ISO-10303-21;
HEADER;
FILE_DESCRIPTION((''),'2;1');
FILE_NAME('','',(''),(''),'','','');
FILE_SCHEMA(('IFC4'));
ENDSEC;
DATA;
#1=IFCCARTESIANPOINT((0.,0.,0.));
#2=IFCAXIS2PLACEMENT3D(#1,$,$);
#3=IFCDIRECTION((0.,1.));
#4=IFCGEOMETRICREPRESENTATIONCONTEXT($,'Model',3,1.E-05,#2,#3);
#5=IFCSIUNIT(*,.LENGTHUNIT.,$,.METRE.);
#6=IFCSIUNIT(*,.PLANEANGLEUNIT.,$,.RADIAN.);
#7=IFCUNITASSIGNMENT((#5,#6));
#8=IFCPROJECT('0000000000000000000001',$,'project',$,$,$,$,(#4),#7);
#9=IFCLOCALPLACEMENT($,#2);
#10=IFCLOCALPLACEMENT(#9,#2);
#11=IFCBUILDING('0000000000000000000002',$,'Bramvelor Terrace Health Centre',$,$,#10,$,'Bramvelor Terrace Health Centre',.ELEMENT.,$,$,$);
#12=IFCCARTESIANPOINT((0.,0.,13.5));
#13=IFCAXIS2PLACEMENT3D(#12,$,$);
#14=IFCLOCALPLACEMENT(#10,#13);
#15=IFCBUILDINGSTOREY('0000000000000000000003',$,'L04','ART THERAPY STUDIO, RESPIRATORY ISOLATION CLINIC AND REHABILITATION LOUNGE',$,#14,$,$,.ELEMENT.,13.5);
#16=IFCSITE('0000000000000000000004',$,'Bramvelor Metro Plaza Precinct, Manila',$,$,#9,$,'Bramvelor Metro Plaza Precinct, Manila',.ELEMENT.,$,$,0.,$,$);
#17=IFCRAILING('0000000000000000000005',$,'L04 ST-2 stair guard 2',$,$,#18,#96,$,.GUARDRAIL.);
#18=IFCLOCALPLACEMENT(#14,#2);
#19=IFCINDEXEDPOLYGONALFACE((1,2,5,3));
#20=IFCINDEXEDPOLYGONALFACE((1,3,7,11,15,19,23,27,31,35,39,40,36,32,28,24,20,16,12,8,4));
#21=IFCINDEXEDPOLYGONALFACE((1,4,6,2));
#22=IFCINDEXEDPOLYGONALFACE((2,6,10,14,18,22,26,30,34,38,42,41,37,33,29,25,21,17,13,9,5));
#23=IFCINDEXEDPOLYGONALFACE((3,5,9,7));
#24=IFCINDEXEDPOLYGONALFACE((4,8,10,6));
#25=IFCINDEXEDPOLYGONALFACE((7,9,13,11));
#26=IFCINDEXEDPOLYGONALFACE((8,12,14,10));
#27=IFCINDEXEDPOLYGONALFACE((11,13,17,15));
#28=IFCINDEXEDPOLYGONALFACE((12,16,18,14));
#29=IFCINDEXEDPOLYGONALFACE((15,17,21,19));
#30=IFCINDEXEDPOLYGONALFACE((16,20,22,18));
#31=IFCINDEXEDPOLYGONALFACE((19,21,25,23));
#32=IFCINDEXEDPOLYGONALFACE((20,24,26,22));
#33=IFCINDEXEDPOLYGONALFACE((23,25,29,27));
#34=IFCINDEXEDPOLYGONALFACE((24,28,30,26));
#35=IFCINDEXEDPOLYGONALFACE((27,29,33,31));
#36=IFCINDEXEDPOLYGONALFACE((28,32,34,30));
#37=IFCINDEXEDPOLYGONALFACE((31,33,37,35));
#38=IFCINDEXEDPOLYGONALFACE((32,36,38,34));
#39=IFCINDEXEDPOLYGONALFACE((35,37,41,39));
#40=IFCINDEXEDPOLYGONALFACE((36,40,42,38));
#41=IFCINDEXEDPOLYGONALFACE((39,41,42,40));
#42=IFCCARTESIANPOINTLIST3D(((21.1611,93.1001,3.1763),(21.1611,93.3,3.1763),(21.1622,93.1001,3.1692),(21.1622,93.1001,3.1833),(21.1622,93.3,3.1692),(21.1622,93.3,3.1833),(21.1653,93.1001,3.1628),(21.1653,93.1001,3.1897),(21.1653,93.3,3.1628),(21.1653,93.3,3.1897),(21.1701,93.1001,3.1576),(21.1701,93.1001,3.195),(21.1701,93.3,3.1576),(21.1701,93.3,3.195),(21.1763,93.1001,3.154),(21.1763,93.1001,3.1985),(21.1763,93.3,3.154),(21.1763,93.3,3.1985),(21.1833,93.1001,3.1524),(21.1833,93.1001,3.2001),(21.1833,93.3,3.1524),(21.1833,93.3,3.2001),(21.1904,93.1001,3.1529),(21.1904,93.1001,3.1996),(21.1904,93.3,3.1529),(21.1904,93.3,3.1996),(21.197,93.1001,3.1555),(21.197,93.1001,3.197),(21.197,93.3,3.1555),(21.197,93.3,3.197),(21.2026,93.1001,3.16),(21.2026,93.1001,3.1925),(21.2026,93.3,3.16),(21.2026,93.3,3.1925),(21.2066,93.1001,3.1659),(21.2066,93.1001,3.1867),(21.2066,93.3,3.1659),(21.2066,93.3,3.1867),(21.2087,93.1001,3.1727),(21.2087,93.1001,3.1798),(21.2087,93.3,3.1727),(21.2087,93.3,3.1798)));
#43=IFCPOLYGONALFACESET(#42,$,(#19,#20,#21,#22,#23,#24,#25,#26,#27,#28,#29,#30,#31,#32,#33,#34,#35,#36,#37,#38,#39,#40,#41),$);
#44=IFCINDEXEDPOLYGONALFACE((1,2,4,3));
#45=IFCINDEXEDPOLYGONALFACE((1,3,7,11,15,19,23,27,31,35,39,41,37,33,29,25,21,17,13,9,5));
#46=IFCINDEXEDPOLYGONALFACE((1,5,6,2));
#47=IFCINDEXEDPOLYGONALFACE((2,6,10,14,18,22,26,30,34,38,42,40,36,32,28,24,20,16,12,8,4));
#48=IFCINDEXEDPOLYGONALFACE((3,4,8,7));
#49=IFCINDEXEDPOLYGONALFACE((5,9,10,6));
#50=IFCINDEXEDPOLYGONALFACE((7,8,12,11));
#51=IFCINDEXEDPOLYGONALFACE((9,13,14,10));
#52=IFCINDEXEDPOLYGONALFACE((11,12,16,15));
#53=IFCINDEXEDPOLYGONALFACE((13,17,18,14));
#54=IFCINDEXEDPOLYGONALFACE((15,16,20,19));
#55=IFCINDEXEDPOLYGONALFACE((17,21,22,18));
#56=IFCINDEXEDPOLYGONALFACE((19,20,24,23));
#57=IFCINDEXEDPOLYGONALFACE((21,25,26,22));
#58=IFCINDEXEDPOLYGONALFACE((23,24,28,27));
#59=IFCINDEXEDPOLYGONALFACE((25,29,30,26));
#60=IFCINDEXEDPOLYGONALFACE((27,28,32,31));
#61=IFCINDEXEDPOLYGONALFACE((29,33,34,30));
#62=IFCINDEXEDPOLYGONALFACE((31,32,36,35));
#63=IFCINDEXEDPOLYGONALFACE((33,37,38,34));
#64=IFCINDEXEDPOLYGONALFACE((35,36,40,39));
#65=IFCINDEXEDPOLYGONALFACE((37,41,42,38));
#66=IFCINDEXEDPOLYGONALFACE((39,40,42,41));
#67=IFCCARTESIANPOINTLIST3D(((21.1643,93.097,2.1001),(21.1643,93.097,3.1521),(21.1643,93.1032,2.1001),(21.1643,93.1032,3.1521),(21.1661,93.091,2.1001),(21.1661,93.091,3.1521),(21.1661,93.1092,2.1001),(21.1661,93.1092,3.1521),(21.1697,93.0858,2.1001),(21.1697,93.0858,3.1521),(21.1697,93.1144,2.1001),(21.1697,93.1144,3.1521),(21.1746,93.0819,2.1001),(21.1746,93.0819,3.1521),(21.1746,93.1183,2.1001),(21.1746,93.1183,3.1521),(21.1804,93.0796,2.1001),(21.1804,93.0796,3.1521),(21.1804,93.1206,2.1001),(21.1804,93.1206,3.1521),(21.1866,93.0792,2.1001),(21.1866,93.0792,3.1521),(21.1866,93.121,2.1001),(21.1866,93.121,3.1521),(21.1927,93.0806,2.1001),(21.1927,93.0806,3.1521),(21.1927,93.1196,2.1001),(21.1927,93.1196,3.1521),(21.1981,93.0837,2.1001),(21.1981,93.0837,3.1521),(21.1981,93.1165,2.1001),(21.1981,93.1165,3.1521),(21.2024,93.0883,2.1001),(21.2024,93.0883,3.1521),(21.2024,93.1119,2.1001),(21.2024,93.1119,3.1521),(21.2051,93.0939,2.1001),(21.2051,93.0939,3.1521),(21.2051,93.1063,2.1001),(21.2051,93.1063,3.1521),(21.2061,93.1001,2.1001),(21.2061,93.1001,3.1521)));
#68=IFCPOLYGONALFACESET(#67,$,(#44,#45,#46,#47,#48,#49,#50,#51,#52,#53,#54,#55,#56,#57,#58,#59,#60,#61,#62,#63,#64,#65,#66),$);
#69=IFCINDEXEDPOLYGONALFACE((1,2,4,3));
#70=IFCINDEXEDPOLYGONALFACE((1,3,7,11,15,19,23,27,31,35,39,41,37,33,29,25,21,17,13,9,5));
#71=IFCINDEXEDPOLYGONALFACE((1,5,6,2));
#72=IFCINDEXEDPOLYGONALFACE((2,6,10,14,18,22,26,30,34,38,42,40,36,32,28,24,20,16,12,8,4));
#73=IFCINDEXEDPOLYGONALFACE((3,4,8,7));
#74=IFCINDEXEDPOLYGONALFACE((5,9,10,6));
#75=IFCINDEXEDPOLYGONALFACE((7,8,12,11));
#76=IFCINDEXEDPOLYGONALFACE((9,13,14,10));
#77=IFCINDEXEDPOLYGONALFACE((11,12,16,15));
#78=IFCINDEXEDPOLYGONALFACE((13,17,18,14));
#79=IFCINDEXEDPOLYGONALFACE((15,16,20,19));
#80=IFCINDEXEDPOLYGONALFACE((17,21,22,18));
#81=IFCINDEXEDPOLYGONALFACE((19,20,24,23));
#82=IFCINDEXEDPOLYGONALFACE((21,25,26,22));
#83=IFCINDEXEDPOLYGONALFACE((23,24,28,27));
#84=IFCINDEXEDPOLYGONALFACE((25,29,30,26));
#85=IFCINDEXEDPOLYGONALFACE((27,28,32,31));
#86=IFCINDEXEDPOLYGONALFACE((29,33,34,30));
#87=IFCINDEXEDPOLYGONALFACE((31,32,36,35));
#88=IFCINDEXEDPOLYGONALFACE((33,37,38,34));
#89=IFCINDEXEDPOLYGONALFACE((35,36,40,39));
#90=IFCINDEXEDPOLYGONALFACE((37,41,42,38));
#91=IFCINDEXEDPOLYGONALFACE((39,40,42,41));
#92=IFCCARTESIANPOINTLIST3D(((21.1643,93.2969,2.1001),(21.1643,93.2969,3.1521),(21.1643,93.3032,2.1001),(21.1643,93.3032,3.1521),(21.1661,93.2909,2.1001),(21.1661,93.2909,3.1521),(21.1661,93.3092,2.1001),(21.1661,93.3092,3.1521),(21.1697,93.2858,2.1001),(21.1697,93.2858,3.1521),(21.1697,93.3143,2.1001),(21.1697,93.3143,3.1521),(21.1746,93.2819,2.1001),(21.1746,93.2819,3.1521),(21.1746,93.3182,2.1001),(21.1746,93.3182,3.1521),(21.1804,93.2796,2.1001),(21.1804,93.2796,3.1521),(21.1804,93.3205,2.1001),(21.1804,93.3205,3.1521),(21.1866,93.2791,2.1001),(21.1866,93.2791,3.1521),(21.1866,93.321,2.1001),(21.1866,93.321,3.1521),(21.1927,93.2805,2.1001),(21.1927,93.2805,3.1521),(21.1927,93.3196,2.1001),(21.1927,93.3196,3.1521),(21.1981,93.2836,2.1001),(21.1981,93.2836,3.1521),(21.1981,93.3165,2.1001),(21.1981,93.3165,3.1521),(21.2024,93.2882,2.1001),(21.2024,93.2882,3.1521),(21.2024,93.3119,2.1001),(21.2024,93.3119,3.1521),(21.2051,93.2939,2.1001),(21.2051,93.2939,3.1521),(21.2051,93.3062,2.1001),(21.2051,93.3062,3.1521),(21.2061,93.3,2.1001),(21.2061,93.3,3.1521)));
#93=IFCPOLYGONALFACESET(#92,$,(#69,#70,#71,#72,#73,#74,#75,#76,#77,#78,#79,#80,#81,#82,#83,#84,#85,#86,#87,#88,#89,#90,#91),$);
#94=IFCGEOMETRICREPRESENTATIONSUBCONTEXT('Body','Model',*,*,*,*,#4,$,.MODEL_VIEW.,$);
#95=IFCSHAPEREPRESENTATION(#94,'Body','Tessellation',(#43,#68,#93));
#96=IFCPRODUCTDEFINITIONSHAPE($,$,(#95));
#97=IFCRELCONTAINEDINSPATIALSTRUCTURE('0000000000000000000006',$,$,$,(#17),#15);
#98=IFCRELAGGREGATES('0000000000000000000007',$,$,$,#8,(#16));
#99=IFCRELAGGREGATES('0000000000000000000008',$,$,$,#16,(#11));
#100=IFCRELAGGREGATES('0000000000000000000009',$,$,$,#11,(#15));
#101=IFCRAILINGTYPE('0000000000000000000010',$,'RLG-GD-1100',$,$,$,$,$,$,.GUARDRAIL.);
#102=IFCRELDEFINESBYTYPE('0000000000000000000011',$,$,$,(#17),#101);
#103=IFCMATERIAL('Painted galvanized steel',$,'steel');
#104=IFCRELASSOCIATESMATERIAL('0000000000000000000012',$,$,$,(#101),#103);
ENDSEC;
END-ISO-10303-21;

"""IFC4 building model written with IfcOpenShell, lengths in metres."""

from ifc_helpers import new_model, si_unit, direction, frame, origin, origin_2d, place, context, subcontext, project, spatial, circle, extrude, material, type_object, element, save


model = new_model("IFC4")

# Units and contexts
model_context = context("Model", 3, precision=1e-05, world=origin(), true_north=direction((0.0, 1.0)))
body_context = subcontext(model_context, "Body", "Model", "MODEL_VIEW")
ifc_project = project(units=[si_unit("LENGTHUNIT", "METRE"), si_unit("PLANEANGLEUNIT", "RADIAN")], contexts=[model_context])

# Site, building, storey
site_placement = place(None, origin())
site = spatial("IfcSite", under=ifc_project, at=site_placement, Name="Bramvelor Metro Plaza Precinct, Manila", LongName="Bramvelor Metro Plaza Precinct, Manila", CompositionType="ELEMENT", RefElevation=0.0)
building_placement = place(site_placement, origin())
building = spatial("IfcBuilding", under=site, at=building_placement, Name="Bramvelor Terrace Health Centre", LongName="Bramvelor Terrace Health Centre", CompositionType="ELEMENT")
storey_placement = place(building_placement, frame((0.0, 0.0, 13.5)))
storey = spatial("IfcBuildingStorey", under=building, at=storey_placement, Name="L04", Description="ART THERAPY STUDIO, RESPIRATORY ISOLATION CLINIC AND REHABILITATION LOUNGE", CompositionType="ELEMENT", Elevation=13.5)

# Railing
ifc_material_1 = material(Name="Painted galvanized steel", Category="steel")
railing_type_1 = type_object("IfcRailingType", Name="RLG-GD-1100", PredefinedType="GUARDRAIL", material=ifc_material_1)
railing_1_placement = place(storey_placement, frame((21.1851, 93.1001, 2.1001)))
element("IfcRailing", 1, at=railing_1_placement, inside=storey, type_object=railing_type_1, Name="L04 ST-2 stair guard 2", PredefinedType="GUARDRAIL", context=body_context, shape_type="SweptSolid", body=[
    extrude(circle(Radius=0.0239, at=origin_2d()), frame((0.0, 0.0, 1.0762), z_axis=(0.0, 1.0, 0.0), x_axis=(-1.0, 0.0, 0.0)), (0.0, 0.0, 1.0), 0.2),
    extrude(circle(Radius=0.021, at=origin_2d()), origin(), (0.0, 0.0, 1.0), 1.052),
    extrude(circle(Radius=0.021, at=origin_2d()), frame((0.0, 0.2, 0.0)), (0.0, 0.0, 1.0), 1.052),
])

save(model, "model.ifc")
